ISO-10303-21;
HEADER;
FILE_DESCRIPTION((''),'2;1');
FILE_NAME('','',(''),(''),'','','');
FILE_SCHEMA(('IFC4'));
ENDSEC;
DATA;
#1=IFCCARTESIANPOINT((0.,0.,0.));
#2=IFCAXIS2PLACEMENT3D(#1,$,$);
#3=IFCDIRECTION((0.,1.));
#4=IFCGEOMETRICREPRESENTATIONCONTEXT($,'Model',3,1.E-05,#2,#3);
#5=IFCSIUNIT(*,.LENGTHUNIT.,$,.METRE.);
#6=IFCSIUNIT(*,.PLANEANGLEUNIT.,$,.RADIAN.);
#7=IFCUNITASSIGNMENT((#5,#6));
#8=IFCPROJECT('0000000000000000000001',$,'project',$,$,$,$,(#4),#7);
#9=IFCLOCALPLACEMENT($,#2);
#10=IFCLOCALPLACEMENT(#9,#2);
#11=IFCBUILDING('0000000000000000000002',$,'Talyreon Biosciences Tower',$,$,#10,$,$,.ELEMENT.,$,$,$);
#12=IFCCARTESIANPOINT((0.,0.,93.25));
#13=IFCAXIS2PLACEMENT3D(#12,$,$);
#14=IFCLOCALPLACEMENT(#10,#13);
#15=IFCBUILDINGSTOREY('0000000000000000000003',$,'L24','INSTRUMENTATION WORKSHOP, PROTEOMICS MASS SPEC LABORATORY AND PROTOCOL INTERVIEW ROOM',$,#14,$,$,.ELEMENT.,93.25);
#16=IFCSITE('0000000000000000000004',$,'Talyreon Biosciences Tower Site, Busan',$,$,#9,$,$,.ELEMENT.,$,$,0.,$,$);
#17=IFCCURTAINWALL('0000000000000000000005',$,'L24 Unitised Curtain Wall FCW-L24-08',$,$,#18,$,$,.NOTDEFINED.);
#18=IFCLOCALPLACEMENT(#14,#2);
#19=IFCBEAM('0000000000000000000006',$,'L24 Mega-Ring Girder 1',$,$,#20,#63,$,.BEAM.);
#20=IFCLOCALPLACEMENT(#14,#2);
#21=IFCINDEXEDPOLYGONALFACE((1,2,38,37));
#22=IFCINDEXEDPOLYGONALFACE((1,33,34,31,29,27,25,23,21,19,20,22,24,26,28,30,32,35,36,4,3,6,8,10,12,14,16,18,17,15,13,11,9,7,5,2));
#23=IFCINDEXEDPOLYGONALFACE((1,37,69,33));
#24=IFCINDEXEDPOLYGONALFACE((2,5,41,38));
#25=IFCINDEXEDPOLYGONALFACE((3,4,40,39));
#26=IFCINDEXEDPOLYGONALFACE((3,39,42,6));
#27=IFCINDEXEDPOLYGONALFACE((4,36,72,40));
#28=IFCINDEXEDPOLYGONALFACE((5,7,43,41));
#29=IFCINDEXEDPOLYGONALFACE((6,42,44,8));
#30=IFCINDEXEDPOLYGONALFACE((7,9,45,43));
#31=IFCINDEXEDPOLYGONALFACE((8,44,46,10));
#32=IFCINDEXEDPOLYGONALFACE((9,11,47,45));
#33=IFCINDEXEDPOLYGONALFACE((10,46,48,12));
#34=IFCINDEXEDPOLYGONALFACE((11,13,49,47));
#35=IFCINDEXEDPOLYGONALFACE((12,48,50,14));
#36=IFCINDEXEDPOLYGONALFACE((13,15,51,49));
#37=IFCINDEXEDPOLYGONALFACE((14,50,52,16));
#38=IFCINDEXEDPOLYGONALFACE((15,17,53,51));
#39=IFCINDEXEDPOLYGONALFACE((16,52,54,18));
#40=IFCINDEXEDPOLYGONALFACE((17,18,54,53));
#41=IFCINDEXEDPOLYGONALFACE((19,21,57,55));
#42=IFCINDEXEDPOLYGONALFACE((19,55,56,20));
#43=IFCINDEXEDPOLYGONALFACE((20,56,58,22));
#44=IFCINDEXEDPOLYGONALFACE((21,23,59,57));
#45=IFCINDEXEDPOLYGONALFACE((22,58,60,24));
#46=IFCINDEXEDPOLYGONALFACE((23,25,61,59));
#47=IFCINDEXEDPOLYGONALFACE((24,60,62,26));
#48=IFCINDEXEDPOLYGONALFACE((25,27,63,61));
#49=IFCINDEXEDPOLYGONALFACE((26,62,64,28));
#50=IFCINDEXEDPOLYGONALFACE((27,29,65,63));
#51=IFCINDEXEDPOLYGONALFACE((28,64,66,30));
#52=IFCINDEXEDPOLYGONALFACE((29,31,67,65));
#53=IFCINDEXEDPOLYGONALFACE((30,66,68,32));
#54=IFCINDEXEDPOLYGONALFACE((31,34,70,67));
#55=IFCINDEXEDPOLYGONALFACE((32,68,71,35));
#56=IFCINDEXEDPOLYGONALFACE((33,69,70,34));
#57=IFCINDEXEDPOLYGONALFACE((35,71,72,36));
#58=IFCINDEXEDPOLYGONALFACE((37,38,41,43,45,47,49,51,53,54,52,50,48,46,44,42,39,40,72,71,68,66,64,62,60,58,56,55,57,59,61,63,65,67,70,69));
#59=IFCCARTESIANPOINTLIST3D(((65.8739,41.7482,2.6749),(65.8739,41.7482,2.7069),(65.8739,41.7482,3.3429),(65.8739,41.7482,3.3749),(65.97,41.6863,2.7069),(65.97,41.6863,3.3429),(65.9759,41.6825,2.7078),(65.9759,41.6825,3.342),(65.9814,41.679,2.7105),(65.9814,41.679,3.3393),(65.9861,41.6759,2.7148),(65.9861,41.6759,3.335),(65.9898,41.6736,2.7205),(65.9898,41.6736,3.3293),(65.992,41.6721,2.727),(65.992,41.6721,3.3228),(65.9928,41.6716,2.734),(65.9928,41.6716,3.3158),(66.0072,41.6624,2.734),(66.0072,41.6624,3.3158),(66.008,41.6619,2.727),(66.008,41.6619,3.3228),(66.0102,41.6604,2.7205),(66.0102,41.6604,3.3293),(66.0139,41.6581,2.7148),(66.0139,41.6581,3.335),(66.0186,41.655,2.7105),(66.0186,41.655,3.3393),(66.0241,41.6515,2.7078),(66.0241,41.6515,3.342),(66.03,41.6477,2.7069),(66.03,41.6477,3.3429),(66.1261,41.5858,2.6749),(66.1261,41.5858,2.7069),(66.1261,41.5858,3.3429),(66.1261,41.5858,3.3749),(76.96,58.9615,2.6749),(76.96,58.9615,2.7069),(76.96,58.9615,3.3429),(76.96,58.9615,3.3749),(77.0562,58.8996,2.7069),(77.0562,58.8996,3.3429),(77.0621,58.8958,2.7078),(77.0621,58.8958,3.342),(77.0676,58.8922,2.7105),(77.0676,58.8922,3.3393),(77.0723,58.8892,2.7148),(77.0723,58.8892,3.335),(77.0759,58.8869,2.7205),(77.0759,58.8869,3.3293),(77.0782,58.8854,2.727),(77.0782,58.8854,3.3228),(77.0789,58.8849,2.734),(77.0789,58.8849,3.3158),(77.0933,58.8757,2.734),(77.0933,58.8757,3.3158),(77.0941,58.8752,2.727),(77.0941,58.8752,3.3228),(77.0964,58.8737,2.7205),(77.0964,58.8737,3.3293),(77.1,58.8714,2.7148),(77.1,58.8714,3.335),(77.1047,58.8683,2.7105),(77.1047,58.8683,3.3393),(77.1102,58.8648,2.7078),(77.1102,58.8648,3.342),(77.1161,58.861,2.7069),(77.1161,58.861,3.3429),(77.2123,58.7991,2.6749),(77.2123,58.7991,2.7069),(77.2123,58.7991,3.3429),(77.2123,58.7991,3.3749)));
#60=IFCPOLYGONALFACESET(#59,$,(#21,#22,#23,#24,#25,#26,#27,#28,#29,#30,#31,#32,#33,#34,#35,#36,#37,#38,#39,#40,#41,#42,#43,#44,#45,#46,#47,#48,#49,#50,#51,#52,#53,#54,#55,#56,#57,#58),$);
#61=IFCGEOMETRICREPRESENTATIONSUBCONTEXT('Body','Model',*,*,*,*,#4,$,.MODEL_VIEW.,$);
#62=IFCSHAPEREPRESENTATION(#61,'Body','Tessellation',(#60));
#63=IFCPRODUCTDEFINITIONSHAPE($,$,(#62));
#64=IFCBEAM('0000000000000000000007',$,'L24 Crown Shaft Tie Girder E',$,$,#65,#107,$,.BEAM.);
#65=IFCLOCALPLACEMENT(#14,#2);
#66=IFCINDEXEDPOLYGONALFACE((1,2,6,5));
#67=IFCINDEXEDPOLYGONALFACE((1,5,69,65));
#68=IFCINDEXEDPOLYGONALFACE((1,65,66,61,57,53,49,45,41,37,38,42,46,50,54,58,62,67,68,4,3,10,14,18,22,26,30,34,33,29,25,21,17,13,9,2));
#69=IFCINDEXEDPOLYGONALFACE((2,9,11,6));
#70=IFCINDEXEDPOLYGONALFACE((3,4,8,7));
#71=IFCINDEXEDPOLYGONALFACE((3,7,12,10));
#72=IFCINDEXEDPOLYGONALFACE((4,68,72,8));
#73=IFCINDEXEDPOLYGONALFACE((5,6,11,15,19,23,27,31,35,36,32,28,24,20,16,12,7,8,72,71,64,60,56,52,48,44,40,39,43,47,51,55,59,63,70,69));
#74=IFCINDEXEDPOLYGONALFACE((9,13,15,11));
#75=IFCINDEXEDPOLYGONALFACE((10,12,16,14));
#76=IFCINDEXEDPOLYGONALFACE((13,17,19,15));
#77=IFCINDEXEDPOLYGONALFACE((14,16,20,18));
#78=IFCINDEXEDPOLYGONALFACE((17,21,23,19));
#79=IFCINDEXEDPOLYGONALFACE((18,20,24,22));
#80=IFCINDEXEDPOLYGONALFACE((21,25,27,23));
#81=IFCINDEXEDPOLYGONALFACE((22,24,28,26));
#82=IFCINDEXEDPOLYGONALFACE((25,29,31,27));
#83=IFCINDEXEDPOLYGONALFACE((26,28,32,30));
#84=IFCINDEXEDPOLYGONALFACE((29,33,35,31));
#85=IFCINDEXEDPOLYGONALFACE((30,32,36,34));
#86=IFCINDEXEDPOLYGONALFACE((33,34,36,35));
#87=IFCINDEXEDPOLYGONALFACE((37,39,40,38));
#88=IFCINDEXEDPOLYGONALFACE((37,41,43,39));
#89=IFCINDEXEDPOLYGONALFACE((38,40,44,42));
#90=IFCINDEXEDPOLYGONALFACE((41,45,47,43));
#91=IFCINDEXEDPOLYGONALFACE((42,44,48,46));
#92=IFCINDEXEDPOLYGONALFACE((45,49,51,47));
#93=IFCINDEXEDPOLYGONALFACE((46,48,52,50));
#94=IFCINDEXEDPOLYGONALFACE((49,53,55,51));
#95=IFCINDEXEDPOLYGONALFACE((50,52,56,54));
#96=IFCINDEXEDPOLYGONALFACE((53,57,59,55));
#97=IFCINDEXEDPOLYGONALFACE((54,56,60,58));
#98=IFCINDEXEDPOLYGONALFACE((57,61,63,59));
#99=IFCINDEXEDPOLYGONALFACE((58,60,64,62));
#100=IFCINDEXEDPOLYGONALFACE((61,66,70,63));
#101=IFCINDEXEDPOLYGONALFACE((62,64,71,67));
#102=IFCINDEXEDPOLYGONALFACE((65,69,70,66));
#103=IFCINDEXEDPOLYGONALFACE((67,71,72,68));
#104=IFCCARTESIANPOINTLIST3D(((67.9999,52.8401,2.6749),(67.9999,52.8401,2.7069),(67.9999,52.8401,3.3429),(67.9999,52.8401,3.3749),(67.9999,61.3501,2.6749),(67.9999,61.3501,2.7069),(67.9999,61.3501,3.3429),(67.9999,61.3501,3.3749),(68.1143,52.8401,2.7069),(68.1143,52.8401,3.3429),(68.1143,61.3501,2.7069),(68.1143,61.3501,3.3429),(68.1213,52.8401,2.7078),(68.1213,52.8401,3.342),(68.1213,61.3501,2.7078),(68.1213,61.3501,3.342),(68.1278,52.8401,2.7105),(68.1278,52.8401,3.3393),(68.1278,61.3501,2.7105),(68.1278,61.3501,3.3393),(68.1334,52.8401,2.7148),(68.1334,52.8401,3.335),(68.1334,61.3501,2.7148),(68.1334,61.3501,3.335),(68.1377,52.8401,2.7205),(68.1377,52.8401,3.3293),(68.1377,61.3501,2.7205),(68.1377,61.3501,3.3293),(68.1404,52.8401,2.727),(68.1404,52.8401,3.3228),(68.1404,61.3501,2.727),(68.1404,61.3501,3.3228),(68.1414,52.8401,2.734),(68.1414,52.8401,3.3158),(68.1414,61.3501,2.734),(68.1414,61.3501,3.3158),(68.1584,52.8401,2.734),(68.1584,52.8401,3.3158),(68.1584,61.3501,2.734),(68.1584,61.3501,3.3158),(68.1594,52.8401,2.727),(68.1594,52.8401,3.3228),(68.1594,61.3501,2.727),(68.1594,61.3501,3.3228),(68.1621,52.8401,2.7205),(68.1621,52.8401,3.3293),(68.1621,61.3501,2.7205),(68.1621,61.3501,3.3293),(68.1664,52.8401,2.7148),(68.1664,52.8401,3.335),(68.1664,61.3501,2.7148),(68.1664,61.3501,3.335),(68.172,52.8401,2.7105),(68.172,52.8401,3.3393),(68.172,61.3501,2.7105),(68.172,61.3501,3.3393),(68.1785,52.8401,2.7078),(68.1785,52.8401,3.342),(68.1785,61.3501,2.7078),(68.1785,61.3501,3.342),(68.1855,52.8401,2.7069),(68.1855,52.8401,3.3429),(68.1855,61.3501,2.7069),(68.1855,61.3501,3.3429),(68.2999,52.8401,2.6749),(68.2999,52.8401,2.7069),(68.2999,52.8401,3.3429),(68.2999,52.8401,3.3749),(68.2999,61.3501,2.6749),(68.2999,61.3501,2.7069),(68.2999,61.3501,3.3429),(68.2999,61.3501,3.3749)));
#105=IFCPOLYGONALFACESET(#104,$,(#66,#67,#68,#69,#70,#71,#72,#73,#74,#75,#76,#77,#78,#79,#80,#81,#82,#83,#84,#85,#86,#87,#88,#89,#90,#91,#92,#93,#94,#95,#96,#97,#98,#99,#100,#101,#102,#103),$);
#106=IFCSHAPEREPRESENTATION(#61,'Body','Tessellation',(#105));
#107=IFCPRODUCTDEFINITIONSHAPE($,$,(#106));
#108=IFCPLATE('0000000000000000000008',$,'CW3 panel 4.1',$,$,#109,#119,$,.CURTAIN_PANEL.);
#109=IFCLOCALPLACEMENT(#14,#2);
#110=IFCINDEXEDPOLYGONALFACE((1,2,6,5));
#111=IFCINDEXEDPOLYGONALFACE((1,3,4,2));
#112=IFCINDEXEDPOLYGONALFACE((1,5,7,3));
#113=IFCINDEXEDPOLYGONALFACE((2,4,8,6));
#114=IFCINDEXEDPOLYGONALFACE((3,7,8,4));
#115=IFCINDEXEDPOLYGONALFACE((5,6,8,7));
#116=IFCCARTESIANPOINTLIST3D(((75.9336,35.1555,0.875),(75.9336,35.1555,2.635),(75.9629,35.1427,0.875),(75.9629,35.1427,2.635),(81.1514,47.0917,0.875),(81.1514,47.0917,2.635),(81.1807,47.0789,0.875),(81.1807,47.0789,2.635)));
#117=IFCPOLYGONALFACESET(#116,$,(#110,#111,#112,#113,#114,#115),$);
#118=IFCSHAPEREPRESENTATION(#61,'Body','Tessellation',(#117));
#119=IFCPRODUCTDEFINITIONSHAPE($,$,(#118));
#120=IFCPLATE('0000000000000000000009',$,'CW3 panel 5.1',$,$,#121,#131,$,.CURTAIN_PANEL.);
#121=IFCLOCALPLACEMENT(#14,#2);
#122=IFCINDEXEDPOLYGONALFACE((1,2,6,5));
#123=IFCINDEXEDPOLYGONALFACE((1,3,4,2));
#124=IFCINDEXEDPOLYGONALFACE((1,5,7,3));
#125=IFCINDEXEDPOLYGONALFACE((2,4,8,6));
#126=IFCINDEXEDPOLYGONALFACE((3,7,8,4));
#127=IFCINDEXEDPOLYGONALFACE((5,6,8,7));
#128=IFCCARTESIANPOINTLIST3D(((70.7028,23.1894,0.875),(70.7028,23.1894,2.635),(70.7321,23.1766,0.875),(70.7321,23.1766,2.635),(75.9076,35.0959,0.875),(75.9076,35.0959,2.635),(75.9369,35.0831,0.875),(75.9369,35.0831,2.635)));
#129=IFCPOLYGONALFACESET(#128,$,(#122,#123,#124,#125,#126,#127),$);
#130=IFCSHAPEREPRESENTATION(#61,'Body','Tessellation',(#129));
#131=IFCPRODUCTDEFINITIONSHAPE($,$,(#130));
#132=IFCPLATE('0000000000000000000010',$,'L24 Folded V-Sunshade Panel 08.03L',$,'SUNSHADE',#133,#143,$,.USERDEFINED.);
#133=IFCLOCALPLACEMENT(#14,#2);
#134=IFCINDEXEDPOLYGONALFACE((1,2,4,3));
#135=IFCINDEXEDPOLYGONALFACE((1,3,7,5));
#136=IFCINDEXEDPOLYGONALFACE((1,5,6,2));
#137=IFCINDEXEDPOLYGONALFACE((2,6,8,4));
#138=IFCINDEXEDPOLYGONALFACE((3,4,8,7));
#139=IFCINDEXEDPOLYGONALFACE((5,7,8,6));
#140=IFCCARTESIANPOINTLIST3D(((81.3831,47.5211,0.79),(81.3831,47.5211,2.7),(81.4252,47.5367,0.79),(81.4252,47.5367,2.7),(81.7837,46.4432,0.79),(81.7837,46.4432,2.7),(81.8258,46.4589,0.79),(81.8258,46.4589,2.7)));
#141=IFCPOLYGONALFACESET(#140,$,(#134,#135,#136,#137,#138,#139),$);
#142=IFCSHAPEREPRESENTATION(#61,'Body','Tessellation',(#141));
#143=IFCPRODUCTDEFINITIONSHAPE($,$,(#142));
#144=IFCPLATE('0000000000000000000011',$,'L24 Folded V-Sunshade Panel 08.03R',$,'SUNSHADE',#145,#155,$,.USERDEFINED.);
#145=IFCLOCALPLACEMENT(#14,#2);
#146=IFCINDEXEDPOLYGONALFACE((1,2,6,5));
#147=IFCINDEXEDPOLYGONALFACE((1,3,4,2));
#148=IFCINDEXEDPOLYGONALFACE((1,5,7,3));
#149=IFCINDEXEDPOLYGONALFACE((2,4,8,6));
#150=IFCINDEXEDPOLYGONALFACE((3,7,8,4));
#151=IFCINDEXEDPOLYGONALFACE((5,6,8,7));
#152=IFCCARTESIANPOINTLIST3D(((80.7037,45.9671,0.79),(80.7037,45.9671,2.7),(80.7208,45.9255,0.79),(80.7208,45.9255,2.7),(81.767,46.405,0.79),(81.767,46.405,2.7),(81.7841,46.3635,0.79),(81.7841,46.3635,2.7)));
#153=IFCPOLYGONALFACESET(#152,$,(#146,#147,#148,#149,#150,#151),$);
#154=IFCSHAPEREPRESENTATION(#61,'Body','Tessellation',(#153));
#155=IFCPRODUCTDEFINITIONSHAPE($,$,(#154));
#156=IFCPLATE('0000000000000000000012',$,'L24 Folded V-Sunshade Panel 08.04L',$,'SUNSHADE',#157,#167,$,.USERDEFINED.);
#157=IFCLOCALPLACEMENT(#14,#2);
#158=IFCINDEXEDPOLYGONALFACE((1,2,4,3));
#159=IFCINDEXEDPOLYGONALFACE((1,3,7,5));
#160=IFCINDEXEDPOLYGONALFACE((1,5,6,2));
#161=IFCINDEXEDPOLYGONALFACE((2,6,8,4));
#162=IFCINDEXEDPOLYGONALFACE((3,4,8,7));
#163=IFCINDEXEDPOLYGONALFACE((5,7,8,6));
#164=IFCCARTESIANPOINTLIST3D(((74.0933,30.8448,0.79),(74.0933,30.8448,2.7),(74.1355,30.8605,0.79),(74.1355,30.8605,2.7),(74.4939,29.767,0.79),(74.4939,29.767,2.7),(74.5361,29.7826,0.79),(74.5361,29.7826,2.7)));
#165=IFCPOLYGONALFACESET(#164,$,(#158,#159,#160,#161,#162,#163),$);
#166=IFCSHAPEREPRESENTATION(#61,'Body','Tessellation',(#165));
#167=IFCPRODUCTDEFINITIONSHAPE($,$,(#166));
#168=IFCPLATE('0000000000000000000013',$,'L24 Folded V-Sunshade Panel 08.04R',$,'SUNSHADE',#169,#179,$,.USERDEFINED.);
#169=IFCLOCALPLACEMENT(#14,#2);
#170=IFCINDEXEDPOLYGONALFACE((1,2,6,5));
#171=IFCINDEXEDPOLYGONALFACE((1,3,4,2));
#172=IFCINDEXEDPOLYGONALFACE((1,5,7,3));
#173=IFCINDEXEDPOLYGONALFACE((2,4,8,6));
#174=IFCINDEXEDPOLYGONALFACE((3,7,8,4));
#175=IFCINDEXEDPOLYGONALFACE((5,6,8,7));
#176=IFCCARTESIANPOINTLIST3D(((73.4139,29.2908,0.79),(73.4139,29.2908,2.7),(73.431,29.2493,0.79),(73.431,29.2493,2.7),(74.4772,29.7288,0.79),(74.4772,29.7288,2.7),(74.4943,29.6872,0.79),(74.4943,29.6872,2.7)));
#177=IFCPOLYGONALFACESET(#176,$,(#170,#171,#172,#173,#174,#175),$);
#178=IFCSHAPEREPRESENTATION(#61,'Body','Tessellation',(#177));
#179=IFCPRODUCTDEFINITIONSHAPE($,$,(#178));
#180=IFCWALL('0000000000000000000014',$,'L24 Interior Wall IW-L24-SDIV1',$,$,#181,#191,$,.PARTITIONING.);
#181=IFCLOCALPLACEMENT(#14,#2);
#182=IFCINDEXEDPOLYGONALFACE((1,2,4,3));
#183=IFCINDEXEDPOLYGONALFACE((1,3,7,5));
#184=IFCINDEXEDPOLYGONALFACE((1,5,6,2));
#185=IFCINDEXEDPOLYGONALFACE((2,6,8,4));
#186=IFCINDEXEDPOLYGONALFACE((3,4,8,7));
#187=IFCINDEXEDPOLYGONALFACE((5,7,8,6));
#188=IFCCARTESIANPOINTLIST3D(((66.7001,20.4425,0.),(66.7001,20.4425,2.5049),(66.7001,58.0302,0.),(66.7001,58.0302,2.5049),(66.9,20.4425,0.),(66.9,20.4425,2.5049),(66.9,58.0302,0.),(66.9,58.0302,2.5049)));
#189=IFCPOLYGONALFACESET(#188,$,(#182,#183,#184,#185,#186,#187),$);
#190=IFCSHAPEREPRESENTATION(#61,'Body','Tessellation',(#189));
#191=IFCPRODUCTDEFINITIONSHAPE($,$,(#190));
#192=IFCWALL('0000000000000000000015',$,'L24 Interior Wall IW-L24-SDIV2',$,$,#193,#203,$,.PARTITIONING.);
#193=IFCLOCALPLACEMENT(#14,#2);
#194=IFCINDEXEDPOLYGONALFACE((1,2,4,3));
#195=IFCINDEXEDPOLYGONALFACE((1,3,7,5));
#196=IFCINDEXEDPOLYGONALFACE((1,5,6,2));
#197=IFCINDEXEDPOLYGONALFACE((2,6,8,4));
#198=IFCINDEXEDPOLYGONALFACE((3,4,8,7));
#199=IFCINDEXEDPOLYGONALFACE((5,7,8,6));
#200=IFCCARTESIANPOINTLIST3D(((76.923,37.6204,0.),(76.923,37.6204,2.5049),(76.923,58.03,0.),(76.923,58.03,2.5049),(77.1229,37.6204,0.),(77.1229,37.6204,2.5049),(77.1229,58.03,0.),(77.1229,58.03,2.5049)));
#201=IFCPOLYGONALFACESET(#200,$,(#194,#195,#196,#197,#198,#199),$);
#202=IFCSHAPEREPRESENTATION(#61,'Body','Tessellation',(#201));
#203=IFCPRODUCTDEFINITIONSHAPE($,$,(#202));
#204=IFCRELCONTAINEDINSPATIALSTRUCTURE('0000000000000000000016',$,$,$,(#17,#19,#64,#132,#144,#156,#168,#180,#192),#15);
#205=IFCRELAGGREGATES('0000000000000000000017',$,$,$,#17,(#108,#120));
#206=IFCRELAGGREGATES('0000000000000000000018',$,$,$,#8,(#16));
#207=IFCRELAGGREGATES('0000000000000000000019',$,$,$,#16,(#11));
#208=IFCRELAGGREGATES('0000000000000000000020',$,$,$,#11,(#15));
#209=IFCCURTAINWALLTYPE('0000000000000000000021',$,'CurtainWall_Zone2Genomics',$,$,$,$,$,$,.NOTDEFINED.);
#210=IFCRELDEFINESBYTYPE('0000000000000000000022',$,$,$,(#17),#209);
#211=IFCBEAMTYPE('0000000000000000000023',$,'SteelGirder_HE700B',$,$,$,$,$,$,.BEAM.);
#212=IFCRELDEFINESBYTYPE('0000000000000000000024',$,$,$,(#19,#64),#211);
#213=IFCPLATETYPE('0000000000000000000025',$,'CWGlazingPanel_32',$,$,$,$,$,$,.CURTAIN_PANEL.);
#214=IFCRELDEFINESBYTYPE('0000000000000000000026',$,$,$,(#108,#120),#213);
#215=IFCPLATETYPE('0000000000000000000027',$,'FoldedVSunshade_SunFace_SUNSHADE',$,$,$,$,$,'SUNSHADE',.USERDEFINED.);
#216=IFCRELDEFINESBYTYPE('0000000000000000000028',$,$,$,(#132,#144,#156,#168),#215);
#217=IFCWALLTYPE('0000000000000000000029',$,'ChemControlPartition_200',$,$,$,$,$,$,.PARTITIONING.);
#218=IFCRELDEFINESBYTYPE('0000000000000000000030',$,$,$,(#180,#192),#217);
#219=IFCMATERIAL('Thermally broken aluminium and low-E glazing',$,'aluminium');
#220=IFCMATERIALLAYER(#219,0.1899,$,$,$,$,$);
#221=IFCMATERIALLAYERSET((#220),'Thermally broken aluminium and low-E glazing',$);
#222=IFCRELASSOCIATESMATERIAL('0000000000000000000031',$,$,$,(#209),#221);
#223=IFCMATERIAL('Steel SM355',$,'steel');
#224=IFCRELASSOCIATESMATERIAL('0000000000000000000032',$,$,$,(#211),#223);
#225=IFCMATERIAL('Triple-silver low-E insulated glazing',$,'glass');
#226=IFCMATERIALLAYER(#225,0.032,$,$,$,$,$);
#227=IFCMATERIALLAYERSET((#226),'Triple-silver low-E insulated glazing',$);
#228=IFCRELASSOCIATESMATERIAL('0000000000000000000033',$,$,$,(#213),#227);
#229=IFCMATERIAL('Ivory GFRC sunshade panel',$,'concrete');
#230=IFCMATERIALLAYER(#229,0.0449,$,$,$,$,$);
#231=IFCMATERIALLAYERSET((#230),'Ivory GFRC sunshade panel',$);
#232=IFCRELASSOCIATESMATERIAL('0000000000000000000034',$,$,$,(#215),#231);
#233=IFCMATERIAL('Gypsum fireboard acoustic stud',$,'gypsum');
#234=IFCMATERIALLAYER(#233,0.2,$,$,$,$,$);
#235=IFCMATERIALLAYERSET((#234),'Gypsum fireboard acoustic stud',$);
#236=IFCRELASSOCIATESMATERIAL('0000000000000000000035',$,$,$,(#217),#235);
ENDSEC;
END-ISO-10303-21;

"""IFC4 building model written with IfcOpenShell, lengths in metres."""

from ifc_helpers import new_model, si_unit, direction, frame, frame_2d, origin, origin_2d, place, context, subcontext, project, spatial, rectangle, i_section, extrude, material, layer, layer_set, material_profile, profile_set, type_object, element, aggregate, save


model = new_model("IFC4")

# Units and contexts
model_context = context("Model", 3, precision=1e-05, world=origin(), true_north=direction((0.0, 1.0)))
body_context = subcontext(model_context, "Body", "Model", "MODEL_VIEW")
ifc_project = project(units=[si_unit("LENGTHUNIT", "METRE"), si_unit("PLANEANGLEUNIT", "RADIAN")], contexts=[model_context])

# Site, building, storey
site_placement = place(None, origin())
site = spatial("IfcSite", under=ifc_project, at=site_placement, Name="Talyreon Biosciences Tower Site, Busan", CompositionType="ELEMENT", RefElevation=0.0)
building_placement = place(site_placement, origin())
building = spatial("IfcBuilding", under=site, at=building_placement, Name="Talyreon Biosciences Tower", CompositionType="ELEMENT")
storey_placement = place(building_placement, frame((0.0, 0.0, 93.25)))
storey = spatial("IfcBuildingStorey", under=building, at=storey_placement, Name="L24", Description="INSTRUMENTATION WORKSHOP, PROTEOMICS MASS SPEC LABORATORY AND PROTOCOL INTERVIEW ROOM", CompositionType="ELEMENT", Elevation=93.25)

# Curtain wall
ifc_material_1 = material(Name="Thermally broken aluminium and low-E glazing", Category="aluminium")
ifc_layer_1 = layer(ifc_material_1, 0.1899)
ifc_layer_set_1 = layer_set([ifc_layer_1], Name="Thermally broken aluminium and low-E glazing")
curtain_wall_type = type_object("IfcCurtainWallType", Name="CurtainWall_Zone2Genomics", PredefinedType="NOTDEFINED", material=ifc_layer_set_1)
curtain_wall_placement = place(storey_placement, origin())
curtain_wall = element("IfcCurtainWall", 1, at=curtain_wall_placement, inside=storey, type_object=curtain_wall_type, Name="L24 Unitised Curtain Wall FCW-L24-08", PredefinedType="NOTDEFINED")

# Beams
ifc_material_2 = material(Name="Steel SM355", Category="steel")
ifc_material_profile_1 = material_profile(ifc_material_2, i_section(OverallWidth=0.3, OverallDepth=0.7, WebThickness=0.0171, FlangeThickness=0.032, FilletRadius=0.0271, at=origin_2d()), Name="HE700B")
ifc_profile_set_1 = profile_set([ifc_material_profile_1], Name="Steel SM355")
beam_type_1 = type_object("IfcBeamType", Name="SteelGirder_HE700B", PredefinedType="BEAM", material=ifc_profile_set_1)
beam_1_placement = place(storey_placement, frame((66.0, 41.667, 3.0249), z_axis=(0.541464, 0.840724, 0.0), x_axis=(-0.840724, 0.541464, 0.0)))
element("IfcBeam", 2, at=beam_1_placement, inside=storey, type_object=beam_type_1, Name="L24 Mega-Ring Girder 1", PredefinedType="BEAM", context=body_context, shape_type="SweptSolid", body=[
    extrude(i_section(OverallWidth=0.3, OverallDepth=0.7, WebThickness=0.0171, FlangeThickness=0.032, FilletRadius=0.0271, at=origin_2d()), origin(), (0.0, 0.0, 1.0), 20.4744),
])
beam_2_placement = place(storey_placement, frame((68.1499, 52.8401, 3.0249), z_axis=(0.0, 1.0, 0.0), x_axis=(-1.0, 0.0, 0.0)))
element("IfcBeam", 3, at=beam_2_placement, inside=storey, type_object=beam_type_1, Name="L24 Crown Shaft Tie Girder E", PredefinedType="BEAM", context=body_context, shape_type="SweptSolid", body=[
    extrude(i_section(OverallWidth=0.3, OverallDepth=0.7, WebThickness=0.0171, FlangeThickness=0.032, FilletRadius=0.0271, at=origin_2d()), origin(), (0.0, 0.0, 1.0), 8.51),
])

# Plates
ifc_material_3 = material(Name="Triple-silver low-E insulated glazing", Category="glass")
ifc_layer_2 = layer(ifc_material_3, 0.032)
ifc_layer_set_2 = layer_set([ifc_layer_2], Name="Triple-silver low-E insulated glazing")
plate_type_1 = type_object("IfcPlateType", Name="CWGlazingPanel_32", PredefinedType="CURTAIN_PANEL", material=ifc_layer_set_2)
plate_1_placement = place(storey_placement, frame((78.5571, 41.1172, 0.875), z_axis=(0.0, 0.0, 1.0), x_axis=(-0.400542, -0.916278, 0.0)))
plate_1 = element("IfcPlate", 4, at=plate_1_placement, type_object=plate_type_1, Name="CW3 panel 4.1", PredefinedType="CURTAIN_PANEL", context=body_context, shape_type="SweptSolid", body=[
    extrude(rectangle(XDim=13.0269, YDim=0.032, at=origin_2d()), origin(), (0.0, 0.0, 1.0), 1.76),
])
plate_2_placement = place(storey_placement, frame((73.3198, 29.1362, 0.875), z_axis=(0.0, 0.0, 1.0), x_axis=(-0.400542, -0.916278, 0.0)))
plate_2 = element("IfcPlate", 5, at=plate_2_placement, type_object=plate_type_1, Name="CW3 panel 5.1", PredefinedType="CURTAIN_PANEL", context=body_context, shape_type="SweptSolid", body=[
    extrude(rectangle(XDim=12.9944, YDim=0.032, at=origin_2d()), origin(), (0.0, 0.0, 1.0), 1.76),
])
aggregate(curtain_wall, [plate_1, plate_2])

# Plates
ifc_material_4 = material(Name="Ivory GFRC sunshade panel", Category="concrete")
ifc_layer_3 = layer(ifc_material_4, 0.0449)
ifc_layer_set_3 = layer_set([ifc_layer_3], Name="Ivory GFRC sunshade panel")
plate_type_2 = type_object("IfcPlateType", Name="FoldedVSunshade_SunFace_SUNSHADE", ElementType="SUNSHADE", PredefinedType="USERDEFINED", material=ifc_layer_set_3)
for number, where, z_axis, x_axis, name in (
    (6, (81.6045, 46.99, 0.79), (0.0, 0.0, 1.0), (0.348376, -0.937355, 0.0), "L24 Folded V-Sunshade Panel 08.03L"),
    (7, (81.2439, 46.1653, 0.79), (0.0, 0.0, 1.0), (-0.924626, -0.380877, 0.0), "L24 Folded V-Sunshade Panel 08.03R"),
    (8, (74.3147, 30.3137, 0.79), (0.0, 0.0, 1.0), (0.348376, -0.937355, 0.0), "L24 Folded V-Sunshade Panel 08.04L"),
    (9, (73.9541, 29.489, 0.79), (0.0, 0.0, 1.0), (-0.924626, -0.380877, 0.0), "L24 Folded V-Sunshade Panel 08.04R"),
):
    element("IfcPlate", number, at=place(storey_placement, frame(where, z_axis=z_axis, x_axis=x_axis)), inside=storey, type_object=plate_type_2, Name=name, ObjectType="SUNSHADE", PredefinedType="USERDEFINED", context=body_context, shape_type="SweptSolid", body=[
        extrude(rectangle(XDim=1.1499, YDim=0.0449, at=origin_2d()), origin(), (0.0, 0.0, 1.0), 1.9099),
    ])

# Walls
ifc_material_5 = material(Name="Gypsum fireboard acoustic stud", Category="gypsum")
ifc_layer_4 = layer(ifc_material_5, 0.2)
ifc_layer_set_4 = layer_set([ifc_layer_4], Name="Gypsum fireboard acoustic stud")
wall_type_1 = type_object("IfcWallType", Name="ChemControlPartition_200", PredefinedType="PARTITIONING", material=ifc_layer_set_4)
wall_1_placement = place(storey_placement, frame((66.8, 20.4424, 0.0), z_axis=(0.0, 0.0, 1.0), x_axis=(0.0, 1.0, 0.0)))
element("IfcWall", 10, at=wall_1_placement, inside=storey, type_object=wall_type_1, Name="L24 Interior Wall IW-L24-SDIV1", PredefinedType="PARTITIONING", context=body_context, shape_type="SweptSolid", body=[
    extrude(rectangle(XDim=37.5876, YDim=0.2, at=frame_2d((18.7939, 0.0))), origin(), (0.0, 0.0, 1.0), 2.5049),
])
wall_2_placement = place(storey_placement, frame((77.0229, 37.6204, 0.0), z_axis=(0.0, 0.0, 1.0), x_axis=(0.0, 1.0, 0.0)))
element("IfcWall", 11, at=wall_2_placement, inside=storey, type_object=wall_type_1, Name="L24 Interior Wall IW-L24-SDIV2", PredefinedType="PARTITIONING", context=body_context, shape_type="SweptSolid", body=[
    extrude(rectangle(XDim=20.4097, YDim=0.2, at=frame_2d((10.2048, 0.0))), origin(), (0.0, 0.0, 1.0), 2.5049),
])

save(model, "model.ifc")
